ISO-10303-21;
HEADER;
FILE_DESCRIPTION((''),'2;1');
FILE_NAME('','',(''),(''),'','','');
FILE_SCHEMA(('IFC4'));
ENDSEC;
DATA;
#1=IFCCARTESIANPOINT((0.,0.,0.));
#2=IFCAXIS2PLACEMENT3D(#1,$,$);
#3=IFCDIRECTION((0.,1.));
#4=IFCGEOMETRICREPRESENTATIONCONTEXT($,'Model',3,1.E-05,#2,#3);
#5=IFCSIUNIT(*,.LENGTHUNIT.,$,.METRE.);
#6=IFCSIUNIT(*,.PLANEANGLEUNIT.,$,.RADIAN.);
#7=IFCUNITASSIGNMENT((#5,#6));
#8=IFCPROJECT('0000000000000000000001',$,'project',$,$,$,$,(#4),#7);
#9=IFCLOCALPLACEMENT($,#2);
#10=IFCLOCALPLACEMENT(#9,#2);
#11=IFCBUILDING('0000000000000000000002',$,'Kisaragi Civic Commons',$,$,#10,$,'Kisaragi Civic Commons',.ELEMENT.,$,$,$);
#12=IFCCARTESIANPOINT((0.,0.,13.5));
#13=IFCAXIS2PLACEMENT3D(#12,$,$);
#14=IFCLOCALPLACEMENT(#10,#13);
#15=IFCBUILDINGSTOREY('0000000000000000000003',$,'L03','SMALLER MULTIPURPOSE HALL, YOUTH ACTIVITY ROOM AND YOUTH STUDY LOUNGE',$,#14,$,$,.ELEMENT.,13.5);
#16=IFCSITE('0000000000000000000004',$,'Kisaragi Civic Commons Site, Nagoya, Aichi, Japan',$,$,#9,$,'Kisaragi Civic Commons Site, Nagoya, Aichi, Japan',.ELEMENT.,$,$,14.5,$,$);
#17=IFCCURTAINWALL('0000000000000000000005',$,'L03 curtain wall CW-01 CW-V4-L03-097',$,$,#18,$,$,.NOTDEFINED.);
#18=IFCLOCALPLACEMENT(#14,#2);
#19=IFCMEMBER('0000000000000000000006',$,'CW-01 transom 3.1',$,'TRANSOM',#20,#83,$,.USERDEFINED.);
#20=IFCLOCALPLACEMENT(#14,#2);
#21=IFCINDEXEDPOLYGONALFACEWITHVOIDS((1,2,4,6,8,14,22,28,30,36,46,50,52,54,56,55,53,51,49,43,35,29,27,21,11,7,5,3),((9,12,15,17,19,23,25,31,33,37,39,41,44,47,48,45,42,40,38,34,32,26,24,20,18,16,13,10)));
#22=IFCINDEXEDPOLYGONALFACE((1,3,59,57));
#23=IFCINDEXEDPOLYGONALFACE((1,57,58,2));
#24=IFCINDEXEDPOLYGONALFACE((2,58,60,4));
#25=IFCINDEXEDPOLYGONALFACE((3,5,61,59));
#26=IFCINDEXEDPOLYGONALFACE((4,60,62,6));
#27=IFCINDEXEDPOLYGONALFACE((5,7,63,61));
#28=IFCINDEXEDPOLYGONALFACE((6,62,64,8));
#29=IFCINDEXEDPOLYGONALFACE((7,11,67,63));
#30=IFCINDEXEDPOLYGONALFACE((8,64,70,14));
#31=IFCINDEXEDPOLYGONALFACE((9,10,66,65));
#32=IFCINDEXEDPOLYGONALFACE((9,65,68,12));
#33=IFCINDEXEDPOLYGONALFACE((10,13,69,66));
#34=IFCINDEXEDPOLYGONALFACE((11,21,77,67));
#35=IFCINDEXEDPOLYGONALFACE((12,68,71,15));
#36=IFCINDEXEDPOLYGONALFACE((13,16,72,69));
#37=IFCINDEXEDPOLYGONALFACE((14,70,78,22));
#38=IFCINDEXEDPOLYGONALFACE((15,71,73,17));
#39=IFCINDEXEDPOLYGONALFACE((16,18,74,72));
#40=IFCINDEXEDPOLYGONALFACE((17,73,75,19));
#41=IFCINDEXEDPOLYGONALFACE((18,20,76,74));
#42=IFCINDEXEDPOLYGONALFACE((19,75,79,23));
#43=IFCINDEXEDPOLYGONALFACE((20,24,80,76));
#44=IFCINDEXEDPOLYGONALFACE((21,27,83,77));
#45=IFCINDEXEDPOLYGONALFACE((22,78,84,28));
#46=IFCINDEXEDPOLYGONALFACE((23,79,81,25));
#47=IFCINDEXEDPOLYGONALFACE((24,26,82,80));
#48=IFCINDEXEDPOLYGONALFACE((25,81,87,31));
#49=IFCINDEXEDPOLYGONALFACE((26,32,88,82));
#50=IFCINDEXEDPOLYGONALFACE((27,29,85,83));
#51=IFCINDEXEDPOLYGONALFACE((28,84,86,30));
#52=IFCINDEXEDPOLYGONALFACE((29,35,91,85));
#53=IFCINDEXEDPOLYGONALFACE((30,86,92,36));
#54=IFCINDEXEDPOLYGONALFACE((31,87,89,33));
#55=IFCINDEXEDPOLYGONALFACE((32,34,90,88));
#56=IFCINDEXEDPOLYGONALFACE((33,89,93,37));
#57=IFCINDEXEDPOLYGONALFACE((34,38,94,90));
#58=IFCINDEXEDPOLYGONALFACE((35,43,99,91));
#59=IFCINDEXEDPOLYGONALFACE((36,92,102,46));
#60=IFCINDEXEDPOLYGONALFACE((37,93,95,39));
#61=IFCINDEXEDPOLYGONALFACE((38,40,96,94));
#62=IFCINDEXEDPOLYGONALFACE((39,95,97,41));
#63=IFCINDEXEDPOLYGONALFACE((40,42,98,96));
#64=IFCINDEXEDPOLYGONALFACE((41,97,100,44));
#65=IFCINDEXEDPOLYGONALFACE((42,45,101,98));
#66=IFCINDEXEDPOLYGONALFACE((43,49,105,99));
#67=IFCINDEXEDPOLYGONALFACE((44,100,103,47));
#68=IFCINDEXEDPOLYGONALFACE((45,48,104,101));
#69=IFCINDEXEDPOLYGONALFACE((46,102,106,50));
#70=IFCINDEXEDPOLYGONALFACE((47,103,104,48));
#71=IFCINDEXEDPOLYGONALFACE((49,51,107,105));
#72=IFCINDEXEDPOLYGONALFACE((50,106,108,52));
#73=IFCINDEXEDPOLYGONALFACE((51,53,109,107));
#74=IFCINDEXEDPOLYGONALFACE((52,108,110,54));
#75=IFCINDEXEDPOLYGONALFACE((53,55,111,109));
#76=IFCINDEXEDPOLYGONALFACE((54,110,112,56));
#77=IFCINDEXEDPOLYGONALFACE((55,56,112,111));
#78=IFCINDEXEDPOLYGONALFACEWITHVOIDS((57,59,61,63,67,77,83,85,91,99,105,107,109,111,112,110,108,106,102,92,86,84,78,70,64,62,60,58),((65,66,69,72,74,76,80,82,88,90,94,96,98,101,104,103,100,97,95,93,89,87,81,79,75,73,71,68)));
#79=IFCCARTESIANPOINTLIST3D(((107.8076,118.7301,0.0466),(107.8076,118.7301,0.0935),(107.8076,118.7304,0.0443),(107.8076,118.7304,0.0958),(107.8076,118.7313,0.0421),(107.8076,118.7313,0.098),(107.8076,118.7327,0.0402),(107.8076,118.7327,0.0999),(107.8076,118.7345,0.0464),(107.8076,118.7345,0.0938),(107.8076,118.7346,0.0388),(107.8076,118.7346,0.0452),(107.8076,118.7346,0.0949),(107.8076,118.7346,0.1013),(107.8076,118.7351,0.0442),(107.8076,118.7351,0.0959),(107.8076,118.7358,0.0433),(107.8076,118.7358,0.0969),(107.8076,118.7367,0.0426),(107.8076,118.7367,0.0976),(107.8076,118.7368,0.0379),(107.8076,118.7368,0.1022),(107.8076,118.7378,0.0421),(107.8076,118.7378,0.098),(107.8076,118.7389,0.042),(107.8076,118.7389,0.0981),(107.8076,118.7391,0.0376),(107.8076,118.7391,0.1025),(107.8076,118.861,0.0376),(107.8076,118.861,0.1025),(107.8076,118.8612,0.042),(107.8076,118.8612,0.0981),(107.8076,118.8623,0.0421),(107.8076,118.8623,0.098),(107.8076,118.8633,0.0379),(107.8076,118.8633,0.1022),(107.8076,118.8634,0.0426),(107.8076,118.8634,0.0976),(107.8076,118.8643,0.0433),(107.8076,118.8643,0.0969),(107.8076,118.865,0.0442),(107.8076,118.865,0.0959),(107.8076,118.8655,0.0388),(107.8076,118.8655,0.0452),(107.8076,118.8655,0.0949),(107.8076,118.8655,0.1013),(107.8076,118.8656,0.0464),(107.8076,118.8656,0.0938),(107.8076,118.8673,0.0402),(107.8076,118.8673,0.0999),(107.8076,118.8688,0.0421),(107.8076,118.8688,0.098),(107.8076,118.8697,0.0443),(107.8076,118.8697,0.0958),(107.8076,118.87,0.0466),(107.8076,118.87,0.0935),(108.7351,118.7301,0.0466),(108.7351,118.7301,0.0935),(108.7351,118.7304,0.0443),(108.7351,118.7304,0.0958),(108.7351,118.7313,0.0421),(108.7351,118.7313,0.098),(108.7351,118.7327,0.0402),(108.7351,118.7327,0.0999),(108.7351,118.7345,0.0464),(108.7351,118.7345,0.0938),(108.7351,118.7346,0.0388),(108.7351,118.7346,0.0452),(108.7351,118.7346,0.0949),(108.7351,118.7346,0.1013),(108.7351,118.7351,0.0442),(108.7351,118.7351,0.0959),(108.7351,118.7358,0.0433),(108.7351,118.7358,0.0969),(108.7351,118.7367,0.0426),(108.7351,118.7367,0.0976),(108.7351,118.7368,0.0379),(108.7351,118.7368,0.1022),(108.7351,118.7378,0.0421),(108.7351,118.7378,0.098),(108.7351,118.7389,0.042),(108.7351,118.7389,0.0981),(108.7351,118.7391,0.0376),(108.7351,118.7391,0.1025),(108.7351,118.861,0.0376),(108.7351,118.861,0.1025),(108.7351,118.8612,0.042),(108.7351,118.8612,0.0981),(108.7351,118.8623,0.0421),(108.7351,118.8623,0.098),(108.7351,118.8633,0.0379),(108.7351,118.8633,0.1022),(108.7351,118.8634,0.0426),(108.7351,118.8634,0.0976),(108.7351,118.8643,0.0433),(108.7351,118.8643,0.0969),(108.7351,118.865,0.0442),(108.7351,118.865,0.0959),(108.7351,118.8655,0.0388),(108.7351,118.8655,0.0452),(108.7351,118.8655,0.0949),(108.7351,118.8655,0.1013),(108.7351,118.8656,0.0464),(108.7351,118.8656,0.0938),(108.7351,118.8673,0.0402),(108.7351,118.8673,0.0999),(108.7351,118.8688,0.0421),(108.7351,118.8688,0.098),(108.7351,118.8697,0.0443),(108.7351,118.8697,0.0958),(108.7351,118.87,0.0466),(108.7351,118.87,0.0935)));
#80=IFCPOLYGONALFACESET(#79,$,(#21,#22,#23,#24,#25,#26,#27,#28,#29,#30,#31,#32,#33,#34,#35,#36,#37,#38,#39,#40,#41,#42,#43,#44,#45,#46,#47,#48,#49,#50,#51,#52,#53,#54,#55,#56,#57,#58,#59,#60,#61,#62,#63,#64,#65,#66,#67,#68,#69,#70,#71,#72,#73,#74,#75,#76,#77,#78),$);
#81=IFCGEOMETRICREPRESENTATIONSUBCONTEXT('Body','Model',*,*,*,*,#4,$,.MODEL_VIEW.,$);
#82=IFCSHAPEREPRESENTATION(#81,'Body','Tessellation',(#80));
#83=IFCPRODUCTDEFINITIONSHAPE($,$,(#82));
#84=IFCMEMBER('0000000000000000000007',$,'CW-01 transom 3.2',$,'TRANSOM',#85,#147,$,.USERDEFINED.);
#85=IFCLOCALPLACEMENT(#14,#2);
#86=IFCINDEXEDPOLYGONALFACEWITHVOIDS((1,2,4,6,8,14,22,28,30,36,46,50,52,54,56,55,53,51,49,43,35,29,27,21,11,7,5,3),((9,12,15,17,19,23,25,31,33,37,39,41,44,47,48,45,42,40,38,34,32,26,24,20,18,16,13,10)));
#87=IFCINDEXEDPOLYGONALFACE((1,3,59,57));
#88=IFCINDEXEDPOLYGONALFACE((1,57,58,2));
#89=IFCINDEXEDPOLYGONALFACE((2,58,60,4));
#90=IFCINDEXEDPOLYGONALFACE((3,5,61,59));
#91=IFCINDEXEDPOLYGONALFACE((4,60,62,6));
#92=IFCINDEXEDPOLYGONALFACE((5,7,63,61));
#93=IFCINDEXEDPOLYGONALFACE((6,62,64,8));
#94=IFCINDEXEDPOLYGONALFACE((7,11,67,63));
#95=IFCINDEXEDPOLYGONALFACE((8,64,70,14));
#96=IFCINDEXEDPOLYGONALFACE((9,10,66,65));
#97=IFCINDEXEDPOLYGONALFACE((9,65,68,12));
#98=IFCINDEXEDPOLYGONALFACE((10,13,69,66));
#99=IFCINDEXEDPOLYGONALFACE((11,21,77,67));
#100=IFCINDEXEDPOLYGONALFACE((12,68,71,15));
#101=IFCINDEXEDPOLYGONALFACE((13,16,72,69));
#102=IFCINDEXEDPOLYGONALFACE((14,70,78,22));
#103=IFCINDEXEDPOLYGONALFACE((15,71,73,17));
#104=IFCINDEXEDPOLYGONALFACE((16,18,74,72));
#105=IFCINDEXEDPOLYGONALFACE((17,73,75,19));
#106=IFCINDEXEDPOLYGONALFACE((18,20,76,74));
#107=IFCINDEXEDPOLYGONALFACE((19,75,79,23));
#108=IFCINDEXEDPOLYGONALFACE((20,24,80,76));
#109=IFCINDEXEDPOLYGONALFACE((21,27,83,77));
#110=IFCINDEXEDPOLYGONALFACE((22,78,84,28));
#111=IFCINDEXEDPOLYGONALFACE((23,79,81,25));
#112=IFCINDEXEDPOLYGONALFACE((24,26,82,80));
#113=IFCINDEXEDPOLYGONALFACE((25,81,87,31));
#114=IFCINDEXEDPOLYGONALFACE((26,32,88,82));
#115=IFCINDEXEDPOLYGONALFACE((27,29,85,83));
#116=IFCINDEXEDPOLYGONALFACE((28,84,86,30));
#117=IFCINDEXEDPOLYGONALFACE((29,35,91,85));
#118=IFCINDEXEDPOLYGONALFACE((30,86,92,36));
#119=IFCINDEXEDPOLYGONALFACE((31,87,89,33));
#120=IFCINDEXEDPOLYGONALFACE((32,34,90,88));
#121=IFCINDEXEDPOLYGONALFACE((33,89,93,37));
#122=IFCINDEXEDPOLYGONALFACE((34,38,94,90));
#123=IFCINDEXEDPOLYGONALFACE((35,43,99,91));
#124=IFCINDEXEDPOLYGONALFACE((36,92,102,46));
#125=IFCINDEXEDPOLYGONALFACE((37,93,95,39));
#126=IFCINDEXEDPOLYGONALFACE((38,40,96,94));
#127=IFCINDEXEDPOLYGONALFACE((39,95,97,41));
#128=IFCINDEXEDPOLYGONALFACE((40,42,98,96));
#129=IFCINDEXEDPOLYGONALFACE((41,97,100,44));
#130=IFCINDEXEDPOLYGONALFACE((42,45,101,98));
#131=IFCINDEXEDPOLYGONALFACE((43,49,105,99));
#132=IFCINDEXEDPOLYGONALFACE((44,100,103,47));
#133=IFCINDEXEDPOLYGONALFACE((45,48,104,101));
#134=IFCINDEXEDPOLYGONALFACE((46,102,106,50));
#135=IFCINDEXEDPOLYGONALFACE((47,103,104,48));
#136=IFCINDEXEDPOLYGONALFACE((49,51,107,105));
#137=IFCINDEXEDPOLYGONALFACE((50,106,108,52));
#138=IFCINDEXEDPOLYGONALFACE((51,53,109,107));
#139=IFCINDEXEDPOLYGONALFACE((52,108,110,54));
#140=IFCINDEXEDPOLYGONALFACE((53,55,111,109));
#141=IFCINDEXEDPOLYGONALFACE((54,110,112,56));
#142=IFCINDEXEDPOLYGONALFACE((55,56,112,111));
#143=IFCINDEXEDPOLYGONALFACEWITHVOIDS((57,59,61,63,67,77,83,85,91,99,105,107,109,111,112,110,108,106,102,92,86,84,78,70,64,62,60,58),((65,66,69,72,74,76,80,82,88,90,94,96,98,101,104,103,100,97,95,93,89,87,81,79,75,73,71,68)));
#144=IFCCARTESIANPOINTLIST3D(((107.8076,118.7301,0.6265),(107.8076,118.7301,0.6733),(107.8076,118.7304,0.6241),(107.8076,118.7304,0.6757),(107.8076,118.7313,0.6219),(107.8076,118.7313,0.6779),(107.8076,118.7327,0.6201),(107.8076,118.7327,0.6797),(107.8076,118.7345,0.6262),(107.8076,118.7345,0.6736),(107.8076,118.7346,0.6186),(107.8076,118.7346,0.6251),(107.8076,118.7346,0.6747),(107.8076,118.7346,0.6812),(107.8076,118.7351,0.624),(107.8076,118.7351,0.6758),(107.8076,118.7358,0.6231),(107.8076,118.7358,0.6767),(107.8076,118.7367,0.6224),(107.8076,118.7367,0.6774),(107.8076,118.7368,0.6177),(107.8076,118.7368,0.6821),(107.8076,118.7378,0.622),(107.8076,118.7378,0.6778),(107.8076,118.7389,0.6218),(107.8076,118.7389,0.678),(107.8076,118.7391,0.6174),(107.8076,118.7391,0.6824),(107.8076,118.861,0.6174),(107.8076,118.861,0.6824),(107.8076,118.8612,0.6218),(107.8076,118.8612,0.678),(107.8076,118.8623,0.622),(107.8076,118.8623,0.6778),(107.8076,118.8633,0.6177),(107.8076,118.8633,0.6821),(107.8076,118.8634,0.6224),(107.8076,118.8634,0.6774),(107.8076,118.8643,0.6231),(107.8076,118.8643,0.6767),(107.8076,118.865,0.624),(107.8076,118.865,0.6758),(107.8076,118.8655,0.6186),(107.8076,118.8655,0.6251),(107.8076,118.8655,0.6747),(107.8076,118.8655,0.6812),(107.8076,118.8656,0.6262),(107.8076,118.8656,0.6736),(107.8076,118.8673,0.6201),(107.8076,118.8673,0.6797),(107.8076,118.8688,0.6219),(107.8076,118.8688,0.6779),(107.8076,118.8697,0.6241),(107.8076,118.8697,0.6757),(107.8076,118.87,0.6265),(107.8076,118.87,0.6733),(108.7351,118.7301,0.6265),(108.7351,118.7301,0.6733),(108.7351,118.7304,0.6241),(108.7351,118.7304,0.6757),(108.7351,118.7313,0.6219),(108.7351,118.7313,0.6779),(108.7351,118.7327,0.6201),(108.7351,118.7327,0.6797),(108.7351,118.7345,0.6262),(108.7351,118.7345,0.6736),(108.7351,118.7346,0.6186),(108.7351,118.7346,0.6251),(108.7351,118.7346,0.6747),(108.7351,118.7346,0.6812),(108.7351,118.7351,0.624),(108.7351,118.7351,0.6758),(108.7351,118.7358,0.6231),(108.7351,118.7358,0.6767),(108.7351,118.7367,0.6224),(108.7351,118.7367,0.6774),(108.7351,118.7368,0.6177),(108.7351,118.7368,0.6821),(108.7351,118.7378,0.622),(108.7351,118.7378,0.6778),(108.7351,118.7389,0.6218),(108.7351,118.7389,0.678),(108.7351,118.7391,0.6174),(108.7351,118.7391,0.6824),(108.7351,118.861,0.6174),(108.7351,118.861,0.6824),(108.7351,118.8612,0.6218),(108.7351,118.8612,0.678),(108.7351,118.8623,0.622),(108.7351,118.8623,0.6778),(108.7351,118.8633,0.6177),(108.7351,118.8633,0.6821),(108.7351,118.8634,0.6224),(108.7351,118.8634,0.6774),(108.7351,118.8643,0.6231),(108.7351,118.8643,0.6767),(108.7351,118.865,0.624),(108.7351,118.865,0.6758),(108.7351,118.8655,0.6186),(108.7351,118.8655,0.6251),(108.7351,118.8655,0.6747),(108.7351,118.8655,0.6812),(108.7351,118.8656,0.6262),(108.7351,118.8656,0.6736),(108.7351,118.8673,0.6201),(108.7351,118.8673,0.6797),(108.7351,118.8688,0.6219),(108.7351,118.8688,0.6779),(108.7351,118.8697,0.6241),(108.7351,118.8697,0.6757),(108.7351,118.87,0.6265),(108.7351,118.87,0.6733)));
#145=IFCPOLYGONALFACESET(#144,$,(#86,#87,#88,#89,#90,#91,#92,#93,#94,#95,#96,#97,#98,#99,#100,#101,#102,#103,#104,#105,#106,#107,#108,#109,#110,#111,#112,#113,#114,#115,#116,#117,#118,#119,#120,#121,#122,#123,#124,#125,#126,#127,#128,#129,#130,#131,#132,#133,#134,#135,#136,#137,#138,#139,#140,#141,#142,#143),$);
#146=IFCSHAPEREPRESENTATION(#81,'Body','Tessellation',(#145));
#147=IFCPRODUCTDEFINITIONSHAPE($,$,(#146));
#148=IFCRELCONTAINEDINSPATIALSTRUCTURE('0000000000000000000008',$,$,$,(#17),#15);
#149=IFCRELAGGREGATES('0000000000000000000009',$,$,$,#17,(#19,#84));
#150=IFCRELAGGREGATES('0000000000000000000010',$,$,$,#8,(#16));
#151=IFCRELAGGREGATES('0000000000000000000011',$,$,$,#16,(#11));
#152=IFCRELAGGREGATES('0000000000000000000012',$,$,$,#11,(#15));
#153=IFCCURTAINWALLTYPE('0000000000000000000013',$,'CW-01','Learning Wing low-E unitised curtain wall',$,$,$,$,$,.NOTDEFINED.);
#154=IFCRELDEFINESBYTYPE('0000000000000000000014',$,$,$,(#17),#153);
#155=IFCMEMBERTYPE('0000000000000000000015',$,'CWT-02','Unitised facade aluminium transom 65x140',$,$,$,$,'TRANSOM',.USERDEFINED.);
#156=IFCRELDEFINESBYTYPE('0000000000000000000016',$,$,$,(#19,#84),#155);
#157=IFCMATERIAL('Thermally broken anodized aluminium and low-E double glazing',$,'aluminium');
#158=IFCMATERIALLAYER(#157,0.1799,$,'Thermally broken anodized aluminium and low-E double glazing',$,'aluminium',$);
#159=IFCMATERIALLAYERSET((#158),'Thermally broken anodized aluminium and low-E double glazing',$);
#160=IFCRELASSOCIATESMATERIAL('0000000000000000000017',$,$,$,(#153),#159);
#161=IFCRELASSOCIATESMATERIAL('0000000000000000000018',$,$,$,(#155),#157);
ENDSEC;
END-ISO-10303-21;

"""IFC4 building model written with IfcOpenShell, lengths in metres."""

from ifc_helpers import new_model, si_unit, direction, frame, origin, origin_2d, place, context, subcontext, project, spatial, hollow_rectangle, extrude, material, layer, layer_set, material_profile, profile_set, type_object, element, aggregate, save


model = new_model("IFC4")

# Units and contexts
model_context = context("Model", 3, precision=1e-05, world=origin(), true_north=direction((0.0, 1.0)))
body_context = subcontext(model_context, "Body", "Model", "MODEL_VIEW")
ifc_project = project(units=[si_unit("LENGTHUNIT", "METRE"), si_unit("PLANEANGLEUNIT", "RADIAN")], contexts=[model_context])

# Site, building, storey
site_placement = place(None, origin())
site = spatial("IfcSite", under=ifc_project, at=site_placement, Name="Kisaragi Civic Commons Site, Nagoya, Aichi, Japan", LongName="Kisaragi Civic Commons Site, Nagoya, Aichi, Japan", CompositionType="ELEMENT", RefElevation=14.5)
building_placement = place(site_placement, origin())
building = spatial("IfcBuilding", under=site, at=building_placement, Name="Kisaragi Civic Commons", LongName="Kisaragi Civic Commons", CompositionType="ELEMENT")
storey_placement = place(building_placement, frame((0.0, 0.0, 13.5)))
storey = spatial("IfcBuildingStorey", under=building, at=storey_placement, Name="L03", Description="SMALLER MULTIPURPOSE HALL, YOUTH ACTIVITY ROOM AND YOUTH STUDY LOUNGE", CompositionType="ELEMENT", Elevation=13.5)

# Curtain wall
ifc_material = material(Name="Thermally broken anodized aluminium and low-E double glazing", Category="aluminium")
ifc_layer_1 = layer(ifc_material, 0.1799, Name="Thermally broken anodized aluminium and low-E double glazing", Category="aluminium")
ifc_layer_set_1 = layer_set([ifc_layer_1], Name="Thermally broken anodized aluminium and low-E double glazing")
curtain_wall_type = type_object("IfcCurtainWallType", Name="CW-01", Description="Learning Wing low-E unitised curtain wall", PredefinedType="NOTDEFINED", material=ifc_layer_set_1)
curtain_wall_1_placement = place(storey_placement, origin())
curtain_wall_1 = element("IfcCurtainWall", 1, at=curtain_wall_1_placement, inside=storey, type_object=curtain_wall_type, Name="L03 curtain wall CW-01 CW-V4-L03-097", PredefinedType="NOTDEFINED")

# Members
ifc_material_profile_1 = material_profile(ifc_material, hollow_rectangle(XDim=0.1399, YDim=0.0649, WallThickness=0.0044, InnerFilletRadius=0.0044, OuterFilletRadius=0.009, at=origin_2d()), Name="CWT-65x140x4.5", Category="aluminium")
ifc_profile_set_1 = profile_set([ifc_material_profile_1], Name="Thermally broken anodized aluminium and low-E double glazing")
member_type_1 = type_object("IfcMemberType", Name="CWT-02", Description="Unitised facade aluminium transom 65x140", ElementType="TRANSOM", PredefinedType="USERDEFINED", material=ifc_profile_set_1)
member_1_placement = place(storey_placement, frame((107.8076, 118.8, 0.0701), z_axis=(1.0, 0.0, 0.0), x_axis=(0.0, 1.0, 0.0)))
member_1 = element("IfcMember", 2, at=member_1_placement, type_object=member_type_1, Name="CW-01 transom 3.1", ObjectType="TRANSOM", PredefinedType="USERDEFINED", context=body_context, shape_type="SweptSolid", body=[
    extrude(hollow_rectangle(XDim=0.1399, YDim=0.0649, WallThickness=0.0044, InnerFilletRadius=0.0044, OuterFilletRadius=0.009, at=origin_2d()), origin(), (0.0, 0.0, 1.0), 0.9275),
])
member_2_placement = place(storey_placement, frame((107.8076, 118.8, 0.6499), z_axis=(1.0, 0.0, 0.0), x_axis=(0.0, 1.0, 0.0)))
member_2 = element("IfcMember", 3, at=member_2_placement, type_object=member_type_1, Name="CW-01 transom 3.2", ObjectType="TRANSOM", PredefinedType="USERDEFINED", context=body_context, shape_type="SweptSolid", body=[
    extrude(hollow_rectangle(XDim=0.1399, YDim=0.0649, WallThickness=0.0044, InnerFilletRadius=0.0044, OuterFilletRadius=0.009, at=origin_2d()), origin(), (0.0, 0.0, 1.0), 0.9275),
])

aggregate(curtain_wall_1, [member_1, member_2])

save(model, "model.ifc")
